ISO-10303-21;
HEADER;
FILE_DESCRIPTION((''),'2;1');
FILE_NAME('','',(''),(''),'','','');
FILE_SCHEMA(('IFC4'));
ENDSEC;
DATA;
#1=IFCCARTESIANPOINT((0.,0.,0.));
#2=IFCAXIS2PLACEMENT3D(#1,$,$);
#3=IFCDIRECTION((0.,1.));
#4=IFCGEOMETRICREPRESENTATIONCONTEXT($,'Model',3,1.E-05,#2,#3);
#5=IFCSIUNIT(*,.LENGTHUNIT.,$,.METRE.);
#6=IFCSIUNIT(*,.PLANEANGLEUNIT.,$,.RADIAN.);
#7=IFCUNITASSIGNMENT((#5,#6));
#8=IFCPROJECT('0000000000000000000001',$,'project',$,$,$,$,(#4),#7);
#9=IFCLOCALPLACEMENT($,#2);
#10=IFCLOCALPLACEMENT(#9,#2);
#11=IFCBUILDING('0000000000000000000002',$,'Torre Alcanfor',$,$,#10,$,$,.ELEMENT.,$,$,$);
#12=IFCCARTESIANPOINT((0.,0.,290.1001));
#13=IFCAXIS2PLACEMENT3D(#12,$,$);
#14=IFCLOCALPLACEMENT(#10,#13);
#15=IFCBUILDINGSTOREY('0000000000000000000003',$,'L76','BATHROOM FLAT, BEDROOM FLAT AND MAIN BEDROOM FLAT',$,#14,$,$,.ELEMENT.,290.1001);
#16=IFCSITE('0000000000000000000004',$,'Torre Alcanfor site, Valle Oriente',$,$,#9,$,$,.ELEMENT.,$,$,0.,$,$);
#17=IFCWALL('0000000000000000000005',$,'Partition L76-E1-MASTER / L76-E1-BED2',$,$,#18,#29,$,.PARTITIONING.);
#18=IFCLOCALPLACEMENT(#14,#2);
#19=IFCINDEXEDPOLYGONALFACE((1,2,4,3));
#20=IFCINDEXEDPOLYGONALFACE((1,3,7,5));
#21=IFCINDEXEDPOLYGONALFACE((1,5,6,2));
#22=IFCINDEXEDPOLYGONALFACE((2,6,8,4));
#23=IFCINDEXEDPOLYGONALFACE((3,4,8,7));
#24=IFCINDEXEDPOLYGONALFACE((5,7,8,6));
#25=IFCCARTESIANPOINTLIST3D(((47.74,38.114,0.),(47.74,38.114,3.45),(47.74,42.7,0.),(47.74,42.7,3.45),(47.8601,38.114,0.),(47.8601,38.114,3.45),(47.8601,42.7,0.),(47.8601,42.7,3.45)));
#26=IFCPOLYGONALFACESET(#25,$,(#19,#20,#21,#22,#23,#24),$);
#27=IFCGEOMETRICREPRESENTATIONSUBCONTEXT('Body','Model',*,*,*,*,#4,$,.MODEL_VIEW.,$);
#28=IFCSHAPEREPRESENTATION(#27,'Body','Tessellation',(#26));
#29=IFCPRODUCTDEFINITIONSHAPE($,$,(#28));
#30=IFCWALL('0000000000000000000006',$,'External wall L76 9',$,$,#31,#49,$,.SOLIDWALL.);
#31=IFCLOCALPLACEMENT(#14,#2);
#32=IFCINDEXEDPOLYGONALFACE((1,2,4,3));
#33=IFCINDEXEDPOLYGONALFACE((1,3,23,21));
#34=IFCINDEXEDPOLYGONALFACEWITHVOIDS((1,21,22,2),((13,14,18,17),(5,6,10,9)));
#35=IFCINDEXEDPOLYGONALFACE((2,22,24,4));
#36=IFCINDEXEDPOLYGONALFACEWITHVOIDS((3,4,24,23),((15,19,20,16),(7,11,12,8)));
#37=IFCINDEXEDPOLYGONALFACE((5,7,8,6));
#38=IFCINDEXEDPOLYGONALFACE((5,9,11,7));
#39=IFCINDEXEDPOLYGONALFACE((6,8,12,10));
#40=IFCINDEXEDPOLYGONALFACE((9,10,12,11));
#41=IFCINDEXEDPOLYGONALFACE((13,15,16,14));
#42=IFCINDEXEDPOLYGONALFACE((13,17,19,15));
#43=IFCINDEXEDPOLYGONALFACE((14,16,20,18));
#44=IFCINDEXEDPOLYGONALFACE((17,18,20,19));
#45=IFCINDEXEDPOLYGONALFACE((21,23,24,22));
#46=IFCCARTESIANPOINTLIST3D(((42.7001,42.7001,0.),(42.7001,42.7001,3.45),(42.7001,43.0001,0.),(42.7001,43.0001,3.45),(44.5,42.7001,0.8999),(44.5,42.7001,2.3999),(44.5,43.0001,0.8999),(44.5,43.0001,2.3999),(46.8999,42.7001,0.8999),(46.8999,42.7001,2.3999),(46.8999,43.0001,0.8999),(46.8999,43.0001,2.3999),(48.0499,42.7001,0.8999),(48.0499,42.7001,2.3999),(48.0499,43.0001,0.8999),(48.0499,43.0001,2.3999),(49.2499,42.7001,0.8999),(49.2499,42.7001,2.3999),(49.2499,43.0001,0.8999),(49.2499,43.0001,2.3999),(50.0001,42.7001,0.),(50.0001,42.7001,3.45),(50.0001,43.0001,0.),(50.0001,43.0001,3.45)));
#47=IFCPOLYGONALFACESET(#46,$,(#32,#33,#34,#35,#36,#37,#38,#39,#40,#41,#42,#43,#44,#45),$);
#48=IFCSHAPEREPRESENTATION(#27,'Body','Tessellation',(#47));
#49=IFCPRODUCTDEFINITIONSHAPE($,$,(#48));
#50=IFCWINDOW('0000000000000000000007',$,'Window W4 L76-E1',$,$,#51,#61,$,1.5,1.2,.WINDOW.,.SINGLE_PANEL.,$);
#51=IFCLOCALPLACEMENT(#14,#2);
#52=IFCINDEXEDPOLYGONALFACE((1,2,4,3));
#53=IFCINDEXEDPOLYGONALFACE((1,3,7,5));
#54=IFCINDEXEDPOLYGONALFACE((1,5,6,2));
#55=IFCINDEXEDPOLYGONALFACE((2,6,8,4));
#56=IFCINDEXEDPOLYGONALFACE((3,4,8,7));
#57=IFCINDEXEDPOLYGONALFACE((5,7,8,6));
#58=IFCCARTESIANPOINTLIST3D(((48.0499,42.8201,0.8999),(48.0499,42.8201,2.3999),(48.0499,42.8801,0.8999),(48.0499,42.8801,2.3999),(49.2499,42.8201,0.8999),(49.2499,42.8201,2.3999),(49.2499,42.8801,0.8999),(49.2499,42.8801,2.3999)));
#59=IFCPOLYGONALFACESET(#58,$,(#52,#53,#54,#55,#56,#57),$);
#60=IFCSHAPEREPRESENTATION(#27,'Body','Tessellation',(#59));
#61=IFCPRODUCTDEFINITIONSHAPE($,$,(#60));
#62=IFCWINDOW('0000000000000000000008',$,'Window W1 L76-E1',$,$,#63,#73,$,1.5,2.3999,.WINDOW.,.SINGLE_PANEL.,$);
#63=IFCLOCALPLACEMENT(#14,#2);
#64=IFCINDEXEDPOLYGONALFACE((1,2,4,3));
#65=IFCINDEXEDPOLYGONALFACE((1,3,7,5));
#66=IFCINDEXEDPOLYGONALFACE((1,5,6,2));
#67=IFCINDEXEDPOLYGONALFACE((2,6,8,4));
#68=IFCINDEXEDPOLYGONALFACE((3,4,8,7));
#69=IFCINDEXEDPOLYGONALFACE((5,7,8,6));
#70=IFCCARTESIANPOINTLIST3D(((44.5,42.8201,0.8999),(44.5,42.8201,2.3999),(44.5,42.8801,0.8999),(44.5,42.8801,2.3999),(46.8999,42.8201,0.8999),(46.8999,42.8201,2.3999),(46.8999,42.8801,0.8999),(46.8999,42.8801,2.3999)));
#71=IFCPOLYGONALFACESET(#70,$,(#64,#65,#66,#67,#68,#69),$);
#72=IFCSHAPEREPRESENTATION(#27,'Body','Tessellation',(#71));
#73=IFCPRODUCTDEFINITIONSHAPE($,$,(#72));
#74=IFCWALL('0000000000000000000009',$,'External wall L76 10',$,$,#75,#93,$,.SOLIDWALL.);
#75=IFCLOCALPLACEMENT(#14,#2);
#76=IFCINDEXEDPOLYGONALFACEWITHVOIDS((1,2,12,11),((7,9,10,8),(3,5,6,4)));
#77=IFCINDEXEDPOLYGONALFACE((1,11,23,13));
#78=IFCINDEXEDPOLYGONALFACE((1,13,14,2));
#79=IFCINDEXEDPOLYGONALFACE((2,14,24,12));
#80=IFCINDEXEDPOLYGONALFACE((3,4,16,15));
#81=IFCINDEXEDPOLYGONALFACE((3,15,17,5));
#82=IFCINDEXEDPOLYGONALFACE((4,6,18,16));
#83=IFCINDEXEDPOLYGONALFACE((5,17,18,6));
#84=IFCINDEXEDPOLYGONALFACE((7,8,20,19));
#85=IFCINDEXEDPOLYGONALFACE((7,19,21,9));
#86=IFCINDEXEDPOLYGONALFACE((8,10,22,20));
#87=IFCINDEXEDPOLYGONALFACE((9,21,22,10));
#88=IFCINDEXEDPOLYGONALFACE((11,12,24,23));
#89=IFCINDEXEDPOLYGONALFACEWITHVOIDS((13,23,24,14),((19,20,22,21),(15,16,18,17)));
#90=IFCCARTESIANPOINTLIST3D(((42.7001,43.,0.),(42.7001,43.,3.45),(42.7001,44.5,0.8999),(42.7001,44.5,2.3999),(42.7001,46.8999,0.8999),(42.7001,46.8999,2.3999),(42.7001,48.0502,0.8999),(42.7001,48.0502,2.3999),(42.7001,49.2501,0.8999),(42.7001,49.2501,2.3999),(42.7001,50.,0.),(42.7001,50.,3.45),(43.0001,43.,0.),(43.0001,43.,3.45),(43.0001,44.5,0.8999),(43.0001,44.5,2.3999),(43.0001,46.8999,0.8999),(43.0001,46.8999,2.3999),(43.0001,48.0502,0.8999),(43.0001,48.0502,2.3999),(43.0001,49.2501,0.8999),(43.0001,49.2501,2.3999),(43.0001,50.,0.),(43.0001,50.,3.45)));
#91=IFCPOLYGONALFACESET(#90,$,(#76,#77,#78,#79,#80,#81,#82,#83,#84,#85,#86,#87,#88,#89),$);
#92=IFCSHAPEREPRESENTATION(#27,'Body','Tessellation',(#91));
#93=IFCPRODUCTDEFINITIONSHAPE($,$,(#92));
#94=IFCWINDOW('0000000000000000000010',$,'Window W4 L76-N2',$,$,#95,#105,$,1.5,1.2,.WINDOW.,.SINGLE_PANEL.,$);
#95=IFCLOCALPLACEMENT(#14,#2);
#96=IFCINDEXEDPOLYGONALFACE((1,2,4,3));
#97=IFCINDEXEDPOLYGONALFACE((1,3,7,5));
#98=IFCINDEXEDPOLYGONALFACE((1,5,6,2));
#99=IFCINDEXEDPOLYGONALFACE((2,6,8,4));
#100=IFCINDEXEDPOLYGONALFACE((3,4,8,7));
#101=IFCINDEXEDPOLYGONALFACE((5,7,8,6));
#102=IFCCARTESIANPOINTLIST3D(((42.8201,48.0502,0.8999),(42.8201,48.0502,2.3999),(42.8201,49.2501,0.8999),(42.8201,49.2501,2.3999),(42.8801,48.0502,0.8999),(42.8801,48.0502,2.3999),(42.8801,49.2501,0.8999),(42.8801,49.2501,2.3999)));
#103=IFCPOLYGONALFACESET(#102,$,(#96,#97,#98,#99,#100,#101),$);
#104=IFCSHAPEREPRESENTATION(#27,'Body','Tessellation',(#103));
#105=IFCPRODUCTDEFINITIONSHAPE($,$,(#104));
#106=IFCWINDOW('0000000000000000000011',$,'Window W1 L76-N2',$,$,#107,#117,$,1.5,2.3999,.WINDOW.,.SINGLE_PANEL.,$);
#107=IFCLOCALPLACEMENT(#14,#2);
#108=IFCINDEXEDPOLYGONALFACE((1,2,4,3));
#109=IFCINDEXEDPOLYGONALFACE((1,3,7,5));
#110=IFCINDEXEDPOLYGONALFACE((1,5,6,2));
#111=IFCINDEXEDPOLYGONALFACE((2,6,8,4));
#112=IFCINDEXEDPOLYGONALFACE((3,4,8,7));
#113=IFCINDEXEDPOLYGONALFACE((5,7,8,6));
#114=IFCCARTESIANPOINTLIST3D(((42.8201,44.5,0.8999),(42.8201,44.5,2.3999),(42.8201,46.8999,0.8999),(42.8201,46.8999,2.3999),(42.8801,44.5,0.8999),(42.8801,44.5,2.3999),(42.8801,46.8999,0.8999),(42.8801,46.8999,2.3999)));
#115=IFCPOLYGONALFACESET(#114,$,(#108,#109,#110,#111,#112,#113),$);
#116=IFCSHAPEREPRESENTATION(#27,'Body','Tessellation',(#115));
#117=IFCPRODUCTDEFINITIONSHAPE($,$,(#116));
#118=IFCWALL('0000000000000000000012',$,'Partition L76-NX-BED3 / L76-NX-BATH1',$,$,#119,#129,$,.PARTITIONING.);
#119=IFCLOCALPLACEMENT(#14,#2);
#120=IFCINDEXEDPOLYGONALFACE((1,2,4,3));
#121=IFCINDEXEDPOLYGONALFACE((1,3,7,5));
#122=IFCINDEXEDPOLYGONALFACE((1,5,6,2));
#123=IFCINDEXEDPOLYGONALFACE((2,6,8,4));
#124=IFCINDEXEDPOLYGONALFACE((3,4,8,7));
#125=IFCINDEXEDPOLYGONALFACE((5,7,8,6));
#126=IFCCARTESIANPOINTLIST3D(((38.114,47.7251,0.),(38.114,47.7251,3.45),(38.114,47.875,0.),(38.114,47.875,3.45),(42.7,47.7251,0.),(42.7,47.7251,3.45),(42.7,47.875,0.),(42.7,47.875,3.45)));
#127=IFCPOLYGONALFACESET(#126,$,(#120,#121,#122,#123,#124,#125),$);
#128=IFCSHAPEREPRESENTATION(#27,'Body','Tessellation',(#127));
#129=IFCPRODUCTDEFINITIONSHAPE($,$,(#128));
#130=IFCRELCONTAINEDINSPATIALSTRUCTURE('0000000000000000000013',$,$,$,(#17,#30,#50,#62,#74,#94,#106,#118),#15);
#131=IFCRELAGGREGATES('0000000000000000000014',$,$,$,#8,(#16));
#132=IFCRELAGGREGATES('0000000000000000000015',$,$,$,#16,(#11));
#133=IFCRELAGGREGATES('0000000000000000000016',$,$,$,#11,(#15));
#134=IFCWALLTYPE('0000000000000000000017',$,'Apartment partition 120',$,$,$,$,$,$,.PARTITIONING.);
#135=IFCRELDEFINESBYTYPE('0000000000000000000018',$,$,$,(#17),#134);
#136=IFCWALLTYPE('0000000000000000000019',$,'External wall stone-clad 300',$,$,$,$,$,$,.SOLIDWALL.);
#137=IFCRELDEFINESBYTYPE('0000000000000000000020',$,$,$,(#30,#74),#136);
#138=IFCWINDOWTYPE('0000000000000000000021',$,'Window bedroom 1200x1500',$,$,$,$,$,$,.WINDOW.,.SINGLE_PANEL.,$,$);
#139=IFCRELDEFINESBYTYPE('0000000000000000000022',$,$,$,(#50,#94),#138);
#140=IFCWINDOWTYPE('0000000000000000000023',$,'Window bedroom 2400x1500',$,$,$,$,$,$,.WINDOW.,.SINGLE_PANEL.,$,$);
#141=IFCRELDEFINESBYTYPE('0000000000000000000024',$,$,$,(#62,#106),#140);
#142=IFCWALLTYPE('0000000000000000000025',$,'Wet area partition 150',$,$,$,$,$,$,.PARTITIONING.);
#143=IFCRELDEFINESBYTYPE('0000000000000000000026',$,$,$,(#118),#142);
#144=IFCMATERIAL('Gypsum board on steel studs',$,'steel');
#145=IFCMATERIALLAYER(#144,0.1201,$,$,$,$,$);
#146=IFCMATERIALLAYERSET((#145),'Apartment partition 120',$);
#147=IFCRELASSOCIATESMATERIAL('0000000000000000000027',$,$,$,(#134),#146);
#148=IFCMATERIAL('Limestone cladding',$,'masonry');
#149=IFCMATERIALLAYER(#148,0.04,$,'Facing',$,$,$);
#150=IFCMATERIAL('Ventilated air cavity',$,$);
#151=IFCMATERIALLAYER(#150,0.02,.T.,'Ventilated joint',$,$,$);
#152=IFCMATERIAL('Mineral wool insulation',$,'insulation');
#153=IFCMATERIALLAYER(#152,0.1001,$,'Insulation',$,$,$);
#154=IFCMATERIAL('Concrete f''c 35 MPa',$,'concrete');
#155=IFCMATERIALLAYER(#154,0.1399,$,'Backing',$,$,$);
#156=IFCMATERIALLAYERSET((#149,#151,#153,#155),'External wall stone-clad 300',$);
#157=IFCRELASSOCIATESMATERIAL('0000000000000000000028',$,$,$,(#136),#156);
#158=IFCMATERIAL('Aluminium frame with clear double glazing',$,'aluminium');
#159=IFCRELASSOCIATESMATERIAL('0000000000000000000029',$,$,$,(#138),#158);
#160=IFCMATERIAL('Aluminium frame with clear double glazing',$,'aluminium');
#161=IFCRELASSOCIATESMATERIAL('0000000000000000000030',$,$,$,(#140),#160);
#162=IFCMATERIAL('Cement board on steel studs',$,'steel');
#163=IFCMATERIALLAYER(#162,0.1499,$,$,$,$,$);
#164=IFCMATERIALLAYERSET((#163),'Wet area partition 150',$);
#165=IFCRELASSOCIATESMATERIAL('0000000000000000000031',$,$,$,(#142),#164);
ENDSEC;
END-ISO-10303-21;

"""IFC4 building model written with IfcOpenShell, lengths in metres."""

from ifc_helpers import new_model, si_unit, direction, frame, frame_2d, origin, place, context, subcontext, project, spatial, rectangle, extrude, material, layer, layer_set, type_object, element, fill, save


model = new_model("IFC4")

# Units and contexts
model_context = context("Model", 3, precision=1e-05, world=origin(), true_north=direction((0.0, 1.0)))
body_context = subcontext(model_context, "Body", "Model", "MODEL_VIEW")
ifc_project = project(units=[si_unit("LENGTHUNIT", "METRE"), si_unit("PLANEANGLEUNIT", "RADIAN")], contexts=[model_context])

# Site, building, storey
site_placement = place(None, origin())
site = spatial("IfcSite", under=ifc_project, at=site_placement, Name="Torre Alcanfor site, Valle Oriente", CompositionType="ELEMENT", RefElevation=0.0)
building_placement = place(site_placement, origin())
building = spatial("IfcBuilding", under=site, at=building_placement, Name="Torre Alcanfor", CompositionType="ELEMENT")
storey_placement = place(building_placement, frame((0.0, 0.0, 290.1001)))
storey = spatial("IfcBuildingStorey", under=building, at=storey_placement, Name="L76", Description="BATHROOM FLAT, BEDROOM FLAT AND MAIN BEDROOM FLAT", CompositionType="ELEMENT", Elevation=290.1001)

# Shared definitions
ifc_material_1 = material(Name="Gypsum board on steel studs", Category="steel")
ifc_layer_1 = layer(ifc_material_1, 0.1201)
ifc_layer_set_1 = layer_set([ifc_layer_1], Name="Apartment partition 120")
wall_type_1 = type_object("IfcWallType", Name="Apartment partition 120", PredefinedType="PARTITIONING", material=ifc_layer_set_1)

# Wall
wall_1_placement = place(storey_placement, frame((47.8, 38.114, 0.0), z_axis=(0.0, 0.0, 1.0), x_axis=(0.0, 1.0, 0.0)))
element("IfcWall", 1, at=wall_1_placement, inside=storey, type_object=wall_type_1, Name="Partition L76-E1-MASTER / L76-E1-BED2", PredefinedType="PARTITIONING", context=body_context, shape_type="SweptSolid", body=[
    extrude(rectangle(XDim=4.5859, YDim=0.1201, at=frame_2d((2.293, 0.0))), origin(), (0.0, 0.0, 1.0), 3.45),
])

# Walls, openings, windows
ifc_material_2 = material(Name="Limestone cladding", Category="masonry")
ifc_layer_2 = layer(ifc_material_2, 0.04, Name="Facing")
ifc_material_3 = material(Name="Ventilated air cavity")
ifc_layer_3 = layer(ifc_material_3, 0.02, ventilated=True, Name="Ventilated joint")
ifc_material_4 = material(Name="Mineral wool insulation", Category="insulation")
ifc_layer_4 = layer(ifc_material_4, 0.1001, Name="Insulation")
ifc_material_5 = material(Name="Concrete f'c 35 MPa", Category="concrete")
ifc_layer_5 = layer(ifc_material_5, 0.1399, Name="Backing")
ifc_layer_set_2 = layer_set([ifc_layer_2, ifc_layer_3, ifc_layer_4, ifc_layer_5], Name="External wall stone-clad 300")
wall_type_2 = type_object("IfcWallType", Name="External wall stone-clad 300", PredefinedType="SOLIDWALL", material=ifc_layer_set_2)
wall_2_placement = place(storey_placement, frame((50.0, 42.8501, 0.0), z_axis=(0.0, 0.0, 1.0), x_axis=(-1.0, 0.0, 0.0)))
wall_2 = element("IfcWall", 2, at=wall_2_placement, inside=storey, type_object=wall_type_2, Name="External wall L76 9", PredefinedType="SOLIDWALL", context=body_context, shape_type="SweptSolid", body=[
    extrude(rectangle(XDim=7.3, YDim=0.3, at=frame_2d((3.6499, 0.0))), origin(), (0.0, 0.0, 1.0), 3.45),
])
opening_1_placement = place(wall_2_placement, frame((3.1001, 0.0, 0.8999)))
opening_1 = element("IfcOpeningElement", 3, at=opening_1_placement, cuts=wall_2, PredefinedType="OPENING", context=body_context, shape_type="SweptSolid", body=[
    extrude(rectangle(XDim=2.3999, YDim=1.5, at=frame_2d((1.2, 0.75))), frame((0.0, 0.1599, 0.0), z_axis=(0.0, -1.0, 0.0), x_axis=(1.0, 0.0, 0.0)), (0.0, 0.0, 1.0), 0.3201),
])
opening_2_placement = place(wall_2_placement, frame((0.75, 0.0, 0.8999)))
opening_2 = element("IfcOpeningElement", 4, at=opening_2_placement, cuts=wall_2, PredefinedType="OPENING", context=body_context, shape_type="SweptSolid", body=[
    extrude(rectangle(XDim=1.2, YDim=1.5, at=frame_2d((0.6001, 0.75))), frame((0.0, 0.1599, 0.0), z_axis=(0.0, -1.0, 0.0), x_axis=(1.0, 0.0, 0.0)), (0.0, 0.0, 1.0), 0.3201),
])
ifc_material_6 = material(Name="Aluminium frame with clear double glazing", Category="aluminium")
window_type_1 = type_object("IfcWindowType", Name="Window bedroom 1200x1500", PartitioningType="SINGLE_PANEL", PredefinedType="WINDOW", material=ifc_material_6)
window_1_placement = place(opening_2_placement, origin())
window_1 = element("IfcWindow", 5, at=window_1_placement, inside=storey, type_object=window_type_1, Name="Window W4 L76-E1", OverallHeight=1.5, OverallWidth=1.2, PartitioningType="SINGLE_PANEL", PredefinedType="WINDOW", context=body_context, shape_type="SweptSolid", body=[
    extrude(rectangle(XDim=1.2, YDim=1.5, at=frame_2d((0.6001, 0.75))), frame((0.0, 0.03, 0.0), z_axis=(0.0, -1.0, 0.0), x_axis=(1.0, 0.0, 0.0)), (0.0, 0.0, 1.0), 0.0601),
])
fill(opening_2, window_1)
ifc_material_7 = material(Name="Aluminium frame with clear double glazing", Category="aluminium")
window_type_2 = type_object("IfcWindowType", Name="Window bedroom 2400x1500", PartitioningType="SINGLE_PANEL", PredefinedType="WINDOW", material=ifc_material_7)
window_2_placement = place(opening_1_placement, origin())
window_2 = element("IfcWindow", 6, at=window_2_placement, inside=storey, type_object=window_type_2, Name="Window W1 L76-E1", OverallHeight=1.5, OverallWidth=2.3999, PartitioningType="SINGLE_PANEL", PredefinedType="WINDOW", context=body_context, shape_type="SweptSolid", body=[
    extrude(rectangle(XDim=2.3999, YDim=1.5, at=frame_2d((1.2, 0.75))), frame((0.0, 0.03, 0.0), z_axis=(0.0, -1.0, 0.0), x_axis=(1.0, 0.0, 0.0)), (0.0, 0.0, 1.0), 0.0601),
])
fill(opening_1, window_2)
wall_3_placement = place(storey_placement, frame((42.8501, 43.0, 0.0), z_axis=(0.0, 0.0, 1.0), x_axis=(0.0, 1.0, 0.0)))
wall_3 = element("IfcWall", 7, at=wall_3_placement, inside=storey, type_object=wall_type_2, Name="External wall L76 10", PredefinedType="SOLIDWALL", context=body_context, shape_type="SweptSolid", body=[
    extrude(rectangle(XDim=7.0, YDim=0.3, at=frame_2d((3.5, 0.0))), origin(), (0.0, 0.0, 1.0), 3.45),
])
opening_3_placement = place(wall_3_placement, frame((1.5, 0.0, 0.8999)))
opening_3 = element("IfcOpeningElement", 8, at=opening_3_placement, cuts=wall_3, PredefinedType="OPENING", context=body_context, shape_type="SweptSolid", body=[
    extrude(rectangle(XDim=2.3999, YDim=1.5, at=frame_2d((1.2, 0.75))), frame((0.0, 0.1599, 0.0), z_axis=(0.0, -1.0, 0.0), x_axis=(1.0, 0.0, 0.0)), (0.0, 0.0, 1.0), 0.3201),
])
opening_4_placement = place(wall_3_placement, frame((5.05, 0.0, 0.8999)))
opening_4 = element("IfcOpeningElement", 9, at=opening_4_placement, cuts=wall_3, PredefinedType="OPENING", context=body_context, shape_type="SweptSolid", body=[
    extrude(rectangle(XDim=1.2, YDim=1.5, at=frame_2d((0.6001, 0.75))), frame((0.0, 0.1599, 0.0), z_axis=(0.0, -1.0, 0.0), x_axis=(1.0, 0.0, 0.0)), (0.0, 0.0, 1.0), 0.3201),
])
window_3_placement = place(opening_4_placement, origin())
window_3 = element("IfcWindow", 10, at=window_3_placement, inside=storey, type_object=window_type_1, Name="Window W4 L76-N2", OverallHeight=1.5, OverallWidth=1.2, PartitioningType="SINGLE_PANEL", PredefinedType="WINDOW", context=body_context, shape_type="SweptSolid", body=[
    extrude(rectangle(XDim=1.2, YDim=1.5, at=frame_2d((0.6001, 0.75))), frame((0.0, 0.03, 0.0), z_axis=(0.0, -1.0, 0.0), x_axis=(1.0, 0.0, 0.0)), (0.0, 0.0, 1.0), 0.0601),
])
fill(opening_4, window_3)
window_4_placement = place(opening_3_placement, origin())
window_4 = element("IfcWindow", 11, at=window_4_placement, inside=storey, type_object=window_type_2, Name="Window W1 L76-N2", OverallHeight=1.5, OverallWidth=2.3999, PartitioningType="SINGLE_PANEL", PredefinedType="WINDOW", context=body_context, shape_type="SweptSolid", body=[
    extrude(rectangle(XDim=2.3999, YDim=1.5, at=frame_2d((1.2, 0.75))), frame((0.0, 0.03, 0.0), z_axis=(0.0, -1.0, 0.0), x_axis=(1.0, 0.0, 0.0)), (0.0, 0.0, 1.0), 0.0601),
])
fill(opening_3, window_4)

# Wall
ifc_material_8 = material(Name="Cement board on steel studs", Category="steel")
ifc_layer_6 = layer(ifc_material_8, 0.1499)
ifc_layer_set_3 = layer_set([ifc_layer_6], Name="Wet area partition 150")
wall_type_3 = type_object("IfcWallType", Name="Wet area partition 150", PredefinedType="PARTITIONING", material=ifc_layer_set_3)
wall_4_placement = place(storey_placement, frame((42.7, 47.8, 0.0), z_axis=(0.0, 0.0, 1.0), x_axis=(-1.0, 0.0, 0.0)))
element("IfcWall", 12, at=wall_4_placement, inside=storey, type_object=wall_type_3, Name="Partition L76-NX-BED3 / L76-NX-BATH1", PredefinedType="PARTITIONING", context=body_context, shape_type="SweptSolid", body=[
    extrude(rectangle(XDim=4.5859, YDim=0.1499, at=frame_2d((2.293, 0.0))), origin(), (0.0, 0.0, 1.0), 3.45),
])

save(model, "model.ifc")
